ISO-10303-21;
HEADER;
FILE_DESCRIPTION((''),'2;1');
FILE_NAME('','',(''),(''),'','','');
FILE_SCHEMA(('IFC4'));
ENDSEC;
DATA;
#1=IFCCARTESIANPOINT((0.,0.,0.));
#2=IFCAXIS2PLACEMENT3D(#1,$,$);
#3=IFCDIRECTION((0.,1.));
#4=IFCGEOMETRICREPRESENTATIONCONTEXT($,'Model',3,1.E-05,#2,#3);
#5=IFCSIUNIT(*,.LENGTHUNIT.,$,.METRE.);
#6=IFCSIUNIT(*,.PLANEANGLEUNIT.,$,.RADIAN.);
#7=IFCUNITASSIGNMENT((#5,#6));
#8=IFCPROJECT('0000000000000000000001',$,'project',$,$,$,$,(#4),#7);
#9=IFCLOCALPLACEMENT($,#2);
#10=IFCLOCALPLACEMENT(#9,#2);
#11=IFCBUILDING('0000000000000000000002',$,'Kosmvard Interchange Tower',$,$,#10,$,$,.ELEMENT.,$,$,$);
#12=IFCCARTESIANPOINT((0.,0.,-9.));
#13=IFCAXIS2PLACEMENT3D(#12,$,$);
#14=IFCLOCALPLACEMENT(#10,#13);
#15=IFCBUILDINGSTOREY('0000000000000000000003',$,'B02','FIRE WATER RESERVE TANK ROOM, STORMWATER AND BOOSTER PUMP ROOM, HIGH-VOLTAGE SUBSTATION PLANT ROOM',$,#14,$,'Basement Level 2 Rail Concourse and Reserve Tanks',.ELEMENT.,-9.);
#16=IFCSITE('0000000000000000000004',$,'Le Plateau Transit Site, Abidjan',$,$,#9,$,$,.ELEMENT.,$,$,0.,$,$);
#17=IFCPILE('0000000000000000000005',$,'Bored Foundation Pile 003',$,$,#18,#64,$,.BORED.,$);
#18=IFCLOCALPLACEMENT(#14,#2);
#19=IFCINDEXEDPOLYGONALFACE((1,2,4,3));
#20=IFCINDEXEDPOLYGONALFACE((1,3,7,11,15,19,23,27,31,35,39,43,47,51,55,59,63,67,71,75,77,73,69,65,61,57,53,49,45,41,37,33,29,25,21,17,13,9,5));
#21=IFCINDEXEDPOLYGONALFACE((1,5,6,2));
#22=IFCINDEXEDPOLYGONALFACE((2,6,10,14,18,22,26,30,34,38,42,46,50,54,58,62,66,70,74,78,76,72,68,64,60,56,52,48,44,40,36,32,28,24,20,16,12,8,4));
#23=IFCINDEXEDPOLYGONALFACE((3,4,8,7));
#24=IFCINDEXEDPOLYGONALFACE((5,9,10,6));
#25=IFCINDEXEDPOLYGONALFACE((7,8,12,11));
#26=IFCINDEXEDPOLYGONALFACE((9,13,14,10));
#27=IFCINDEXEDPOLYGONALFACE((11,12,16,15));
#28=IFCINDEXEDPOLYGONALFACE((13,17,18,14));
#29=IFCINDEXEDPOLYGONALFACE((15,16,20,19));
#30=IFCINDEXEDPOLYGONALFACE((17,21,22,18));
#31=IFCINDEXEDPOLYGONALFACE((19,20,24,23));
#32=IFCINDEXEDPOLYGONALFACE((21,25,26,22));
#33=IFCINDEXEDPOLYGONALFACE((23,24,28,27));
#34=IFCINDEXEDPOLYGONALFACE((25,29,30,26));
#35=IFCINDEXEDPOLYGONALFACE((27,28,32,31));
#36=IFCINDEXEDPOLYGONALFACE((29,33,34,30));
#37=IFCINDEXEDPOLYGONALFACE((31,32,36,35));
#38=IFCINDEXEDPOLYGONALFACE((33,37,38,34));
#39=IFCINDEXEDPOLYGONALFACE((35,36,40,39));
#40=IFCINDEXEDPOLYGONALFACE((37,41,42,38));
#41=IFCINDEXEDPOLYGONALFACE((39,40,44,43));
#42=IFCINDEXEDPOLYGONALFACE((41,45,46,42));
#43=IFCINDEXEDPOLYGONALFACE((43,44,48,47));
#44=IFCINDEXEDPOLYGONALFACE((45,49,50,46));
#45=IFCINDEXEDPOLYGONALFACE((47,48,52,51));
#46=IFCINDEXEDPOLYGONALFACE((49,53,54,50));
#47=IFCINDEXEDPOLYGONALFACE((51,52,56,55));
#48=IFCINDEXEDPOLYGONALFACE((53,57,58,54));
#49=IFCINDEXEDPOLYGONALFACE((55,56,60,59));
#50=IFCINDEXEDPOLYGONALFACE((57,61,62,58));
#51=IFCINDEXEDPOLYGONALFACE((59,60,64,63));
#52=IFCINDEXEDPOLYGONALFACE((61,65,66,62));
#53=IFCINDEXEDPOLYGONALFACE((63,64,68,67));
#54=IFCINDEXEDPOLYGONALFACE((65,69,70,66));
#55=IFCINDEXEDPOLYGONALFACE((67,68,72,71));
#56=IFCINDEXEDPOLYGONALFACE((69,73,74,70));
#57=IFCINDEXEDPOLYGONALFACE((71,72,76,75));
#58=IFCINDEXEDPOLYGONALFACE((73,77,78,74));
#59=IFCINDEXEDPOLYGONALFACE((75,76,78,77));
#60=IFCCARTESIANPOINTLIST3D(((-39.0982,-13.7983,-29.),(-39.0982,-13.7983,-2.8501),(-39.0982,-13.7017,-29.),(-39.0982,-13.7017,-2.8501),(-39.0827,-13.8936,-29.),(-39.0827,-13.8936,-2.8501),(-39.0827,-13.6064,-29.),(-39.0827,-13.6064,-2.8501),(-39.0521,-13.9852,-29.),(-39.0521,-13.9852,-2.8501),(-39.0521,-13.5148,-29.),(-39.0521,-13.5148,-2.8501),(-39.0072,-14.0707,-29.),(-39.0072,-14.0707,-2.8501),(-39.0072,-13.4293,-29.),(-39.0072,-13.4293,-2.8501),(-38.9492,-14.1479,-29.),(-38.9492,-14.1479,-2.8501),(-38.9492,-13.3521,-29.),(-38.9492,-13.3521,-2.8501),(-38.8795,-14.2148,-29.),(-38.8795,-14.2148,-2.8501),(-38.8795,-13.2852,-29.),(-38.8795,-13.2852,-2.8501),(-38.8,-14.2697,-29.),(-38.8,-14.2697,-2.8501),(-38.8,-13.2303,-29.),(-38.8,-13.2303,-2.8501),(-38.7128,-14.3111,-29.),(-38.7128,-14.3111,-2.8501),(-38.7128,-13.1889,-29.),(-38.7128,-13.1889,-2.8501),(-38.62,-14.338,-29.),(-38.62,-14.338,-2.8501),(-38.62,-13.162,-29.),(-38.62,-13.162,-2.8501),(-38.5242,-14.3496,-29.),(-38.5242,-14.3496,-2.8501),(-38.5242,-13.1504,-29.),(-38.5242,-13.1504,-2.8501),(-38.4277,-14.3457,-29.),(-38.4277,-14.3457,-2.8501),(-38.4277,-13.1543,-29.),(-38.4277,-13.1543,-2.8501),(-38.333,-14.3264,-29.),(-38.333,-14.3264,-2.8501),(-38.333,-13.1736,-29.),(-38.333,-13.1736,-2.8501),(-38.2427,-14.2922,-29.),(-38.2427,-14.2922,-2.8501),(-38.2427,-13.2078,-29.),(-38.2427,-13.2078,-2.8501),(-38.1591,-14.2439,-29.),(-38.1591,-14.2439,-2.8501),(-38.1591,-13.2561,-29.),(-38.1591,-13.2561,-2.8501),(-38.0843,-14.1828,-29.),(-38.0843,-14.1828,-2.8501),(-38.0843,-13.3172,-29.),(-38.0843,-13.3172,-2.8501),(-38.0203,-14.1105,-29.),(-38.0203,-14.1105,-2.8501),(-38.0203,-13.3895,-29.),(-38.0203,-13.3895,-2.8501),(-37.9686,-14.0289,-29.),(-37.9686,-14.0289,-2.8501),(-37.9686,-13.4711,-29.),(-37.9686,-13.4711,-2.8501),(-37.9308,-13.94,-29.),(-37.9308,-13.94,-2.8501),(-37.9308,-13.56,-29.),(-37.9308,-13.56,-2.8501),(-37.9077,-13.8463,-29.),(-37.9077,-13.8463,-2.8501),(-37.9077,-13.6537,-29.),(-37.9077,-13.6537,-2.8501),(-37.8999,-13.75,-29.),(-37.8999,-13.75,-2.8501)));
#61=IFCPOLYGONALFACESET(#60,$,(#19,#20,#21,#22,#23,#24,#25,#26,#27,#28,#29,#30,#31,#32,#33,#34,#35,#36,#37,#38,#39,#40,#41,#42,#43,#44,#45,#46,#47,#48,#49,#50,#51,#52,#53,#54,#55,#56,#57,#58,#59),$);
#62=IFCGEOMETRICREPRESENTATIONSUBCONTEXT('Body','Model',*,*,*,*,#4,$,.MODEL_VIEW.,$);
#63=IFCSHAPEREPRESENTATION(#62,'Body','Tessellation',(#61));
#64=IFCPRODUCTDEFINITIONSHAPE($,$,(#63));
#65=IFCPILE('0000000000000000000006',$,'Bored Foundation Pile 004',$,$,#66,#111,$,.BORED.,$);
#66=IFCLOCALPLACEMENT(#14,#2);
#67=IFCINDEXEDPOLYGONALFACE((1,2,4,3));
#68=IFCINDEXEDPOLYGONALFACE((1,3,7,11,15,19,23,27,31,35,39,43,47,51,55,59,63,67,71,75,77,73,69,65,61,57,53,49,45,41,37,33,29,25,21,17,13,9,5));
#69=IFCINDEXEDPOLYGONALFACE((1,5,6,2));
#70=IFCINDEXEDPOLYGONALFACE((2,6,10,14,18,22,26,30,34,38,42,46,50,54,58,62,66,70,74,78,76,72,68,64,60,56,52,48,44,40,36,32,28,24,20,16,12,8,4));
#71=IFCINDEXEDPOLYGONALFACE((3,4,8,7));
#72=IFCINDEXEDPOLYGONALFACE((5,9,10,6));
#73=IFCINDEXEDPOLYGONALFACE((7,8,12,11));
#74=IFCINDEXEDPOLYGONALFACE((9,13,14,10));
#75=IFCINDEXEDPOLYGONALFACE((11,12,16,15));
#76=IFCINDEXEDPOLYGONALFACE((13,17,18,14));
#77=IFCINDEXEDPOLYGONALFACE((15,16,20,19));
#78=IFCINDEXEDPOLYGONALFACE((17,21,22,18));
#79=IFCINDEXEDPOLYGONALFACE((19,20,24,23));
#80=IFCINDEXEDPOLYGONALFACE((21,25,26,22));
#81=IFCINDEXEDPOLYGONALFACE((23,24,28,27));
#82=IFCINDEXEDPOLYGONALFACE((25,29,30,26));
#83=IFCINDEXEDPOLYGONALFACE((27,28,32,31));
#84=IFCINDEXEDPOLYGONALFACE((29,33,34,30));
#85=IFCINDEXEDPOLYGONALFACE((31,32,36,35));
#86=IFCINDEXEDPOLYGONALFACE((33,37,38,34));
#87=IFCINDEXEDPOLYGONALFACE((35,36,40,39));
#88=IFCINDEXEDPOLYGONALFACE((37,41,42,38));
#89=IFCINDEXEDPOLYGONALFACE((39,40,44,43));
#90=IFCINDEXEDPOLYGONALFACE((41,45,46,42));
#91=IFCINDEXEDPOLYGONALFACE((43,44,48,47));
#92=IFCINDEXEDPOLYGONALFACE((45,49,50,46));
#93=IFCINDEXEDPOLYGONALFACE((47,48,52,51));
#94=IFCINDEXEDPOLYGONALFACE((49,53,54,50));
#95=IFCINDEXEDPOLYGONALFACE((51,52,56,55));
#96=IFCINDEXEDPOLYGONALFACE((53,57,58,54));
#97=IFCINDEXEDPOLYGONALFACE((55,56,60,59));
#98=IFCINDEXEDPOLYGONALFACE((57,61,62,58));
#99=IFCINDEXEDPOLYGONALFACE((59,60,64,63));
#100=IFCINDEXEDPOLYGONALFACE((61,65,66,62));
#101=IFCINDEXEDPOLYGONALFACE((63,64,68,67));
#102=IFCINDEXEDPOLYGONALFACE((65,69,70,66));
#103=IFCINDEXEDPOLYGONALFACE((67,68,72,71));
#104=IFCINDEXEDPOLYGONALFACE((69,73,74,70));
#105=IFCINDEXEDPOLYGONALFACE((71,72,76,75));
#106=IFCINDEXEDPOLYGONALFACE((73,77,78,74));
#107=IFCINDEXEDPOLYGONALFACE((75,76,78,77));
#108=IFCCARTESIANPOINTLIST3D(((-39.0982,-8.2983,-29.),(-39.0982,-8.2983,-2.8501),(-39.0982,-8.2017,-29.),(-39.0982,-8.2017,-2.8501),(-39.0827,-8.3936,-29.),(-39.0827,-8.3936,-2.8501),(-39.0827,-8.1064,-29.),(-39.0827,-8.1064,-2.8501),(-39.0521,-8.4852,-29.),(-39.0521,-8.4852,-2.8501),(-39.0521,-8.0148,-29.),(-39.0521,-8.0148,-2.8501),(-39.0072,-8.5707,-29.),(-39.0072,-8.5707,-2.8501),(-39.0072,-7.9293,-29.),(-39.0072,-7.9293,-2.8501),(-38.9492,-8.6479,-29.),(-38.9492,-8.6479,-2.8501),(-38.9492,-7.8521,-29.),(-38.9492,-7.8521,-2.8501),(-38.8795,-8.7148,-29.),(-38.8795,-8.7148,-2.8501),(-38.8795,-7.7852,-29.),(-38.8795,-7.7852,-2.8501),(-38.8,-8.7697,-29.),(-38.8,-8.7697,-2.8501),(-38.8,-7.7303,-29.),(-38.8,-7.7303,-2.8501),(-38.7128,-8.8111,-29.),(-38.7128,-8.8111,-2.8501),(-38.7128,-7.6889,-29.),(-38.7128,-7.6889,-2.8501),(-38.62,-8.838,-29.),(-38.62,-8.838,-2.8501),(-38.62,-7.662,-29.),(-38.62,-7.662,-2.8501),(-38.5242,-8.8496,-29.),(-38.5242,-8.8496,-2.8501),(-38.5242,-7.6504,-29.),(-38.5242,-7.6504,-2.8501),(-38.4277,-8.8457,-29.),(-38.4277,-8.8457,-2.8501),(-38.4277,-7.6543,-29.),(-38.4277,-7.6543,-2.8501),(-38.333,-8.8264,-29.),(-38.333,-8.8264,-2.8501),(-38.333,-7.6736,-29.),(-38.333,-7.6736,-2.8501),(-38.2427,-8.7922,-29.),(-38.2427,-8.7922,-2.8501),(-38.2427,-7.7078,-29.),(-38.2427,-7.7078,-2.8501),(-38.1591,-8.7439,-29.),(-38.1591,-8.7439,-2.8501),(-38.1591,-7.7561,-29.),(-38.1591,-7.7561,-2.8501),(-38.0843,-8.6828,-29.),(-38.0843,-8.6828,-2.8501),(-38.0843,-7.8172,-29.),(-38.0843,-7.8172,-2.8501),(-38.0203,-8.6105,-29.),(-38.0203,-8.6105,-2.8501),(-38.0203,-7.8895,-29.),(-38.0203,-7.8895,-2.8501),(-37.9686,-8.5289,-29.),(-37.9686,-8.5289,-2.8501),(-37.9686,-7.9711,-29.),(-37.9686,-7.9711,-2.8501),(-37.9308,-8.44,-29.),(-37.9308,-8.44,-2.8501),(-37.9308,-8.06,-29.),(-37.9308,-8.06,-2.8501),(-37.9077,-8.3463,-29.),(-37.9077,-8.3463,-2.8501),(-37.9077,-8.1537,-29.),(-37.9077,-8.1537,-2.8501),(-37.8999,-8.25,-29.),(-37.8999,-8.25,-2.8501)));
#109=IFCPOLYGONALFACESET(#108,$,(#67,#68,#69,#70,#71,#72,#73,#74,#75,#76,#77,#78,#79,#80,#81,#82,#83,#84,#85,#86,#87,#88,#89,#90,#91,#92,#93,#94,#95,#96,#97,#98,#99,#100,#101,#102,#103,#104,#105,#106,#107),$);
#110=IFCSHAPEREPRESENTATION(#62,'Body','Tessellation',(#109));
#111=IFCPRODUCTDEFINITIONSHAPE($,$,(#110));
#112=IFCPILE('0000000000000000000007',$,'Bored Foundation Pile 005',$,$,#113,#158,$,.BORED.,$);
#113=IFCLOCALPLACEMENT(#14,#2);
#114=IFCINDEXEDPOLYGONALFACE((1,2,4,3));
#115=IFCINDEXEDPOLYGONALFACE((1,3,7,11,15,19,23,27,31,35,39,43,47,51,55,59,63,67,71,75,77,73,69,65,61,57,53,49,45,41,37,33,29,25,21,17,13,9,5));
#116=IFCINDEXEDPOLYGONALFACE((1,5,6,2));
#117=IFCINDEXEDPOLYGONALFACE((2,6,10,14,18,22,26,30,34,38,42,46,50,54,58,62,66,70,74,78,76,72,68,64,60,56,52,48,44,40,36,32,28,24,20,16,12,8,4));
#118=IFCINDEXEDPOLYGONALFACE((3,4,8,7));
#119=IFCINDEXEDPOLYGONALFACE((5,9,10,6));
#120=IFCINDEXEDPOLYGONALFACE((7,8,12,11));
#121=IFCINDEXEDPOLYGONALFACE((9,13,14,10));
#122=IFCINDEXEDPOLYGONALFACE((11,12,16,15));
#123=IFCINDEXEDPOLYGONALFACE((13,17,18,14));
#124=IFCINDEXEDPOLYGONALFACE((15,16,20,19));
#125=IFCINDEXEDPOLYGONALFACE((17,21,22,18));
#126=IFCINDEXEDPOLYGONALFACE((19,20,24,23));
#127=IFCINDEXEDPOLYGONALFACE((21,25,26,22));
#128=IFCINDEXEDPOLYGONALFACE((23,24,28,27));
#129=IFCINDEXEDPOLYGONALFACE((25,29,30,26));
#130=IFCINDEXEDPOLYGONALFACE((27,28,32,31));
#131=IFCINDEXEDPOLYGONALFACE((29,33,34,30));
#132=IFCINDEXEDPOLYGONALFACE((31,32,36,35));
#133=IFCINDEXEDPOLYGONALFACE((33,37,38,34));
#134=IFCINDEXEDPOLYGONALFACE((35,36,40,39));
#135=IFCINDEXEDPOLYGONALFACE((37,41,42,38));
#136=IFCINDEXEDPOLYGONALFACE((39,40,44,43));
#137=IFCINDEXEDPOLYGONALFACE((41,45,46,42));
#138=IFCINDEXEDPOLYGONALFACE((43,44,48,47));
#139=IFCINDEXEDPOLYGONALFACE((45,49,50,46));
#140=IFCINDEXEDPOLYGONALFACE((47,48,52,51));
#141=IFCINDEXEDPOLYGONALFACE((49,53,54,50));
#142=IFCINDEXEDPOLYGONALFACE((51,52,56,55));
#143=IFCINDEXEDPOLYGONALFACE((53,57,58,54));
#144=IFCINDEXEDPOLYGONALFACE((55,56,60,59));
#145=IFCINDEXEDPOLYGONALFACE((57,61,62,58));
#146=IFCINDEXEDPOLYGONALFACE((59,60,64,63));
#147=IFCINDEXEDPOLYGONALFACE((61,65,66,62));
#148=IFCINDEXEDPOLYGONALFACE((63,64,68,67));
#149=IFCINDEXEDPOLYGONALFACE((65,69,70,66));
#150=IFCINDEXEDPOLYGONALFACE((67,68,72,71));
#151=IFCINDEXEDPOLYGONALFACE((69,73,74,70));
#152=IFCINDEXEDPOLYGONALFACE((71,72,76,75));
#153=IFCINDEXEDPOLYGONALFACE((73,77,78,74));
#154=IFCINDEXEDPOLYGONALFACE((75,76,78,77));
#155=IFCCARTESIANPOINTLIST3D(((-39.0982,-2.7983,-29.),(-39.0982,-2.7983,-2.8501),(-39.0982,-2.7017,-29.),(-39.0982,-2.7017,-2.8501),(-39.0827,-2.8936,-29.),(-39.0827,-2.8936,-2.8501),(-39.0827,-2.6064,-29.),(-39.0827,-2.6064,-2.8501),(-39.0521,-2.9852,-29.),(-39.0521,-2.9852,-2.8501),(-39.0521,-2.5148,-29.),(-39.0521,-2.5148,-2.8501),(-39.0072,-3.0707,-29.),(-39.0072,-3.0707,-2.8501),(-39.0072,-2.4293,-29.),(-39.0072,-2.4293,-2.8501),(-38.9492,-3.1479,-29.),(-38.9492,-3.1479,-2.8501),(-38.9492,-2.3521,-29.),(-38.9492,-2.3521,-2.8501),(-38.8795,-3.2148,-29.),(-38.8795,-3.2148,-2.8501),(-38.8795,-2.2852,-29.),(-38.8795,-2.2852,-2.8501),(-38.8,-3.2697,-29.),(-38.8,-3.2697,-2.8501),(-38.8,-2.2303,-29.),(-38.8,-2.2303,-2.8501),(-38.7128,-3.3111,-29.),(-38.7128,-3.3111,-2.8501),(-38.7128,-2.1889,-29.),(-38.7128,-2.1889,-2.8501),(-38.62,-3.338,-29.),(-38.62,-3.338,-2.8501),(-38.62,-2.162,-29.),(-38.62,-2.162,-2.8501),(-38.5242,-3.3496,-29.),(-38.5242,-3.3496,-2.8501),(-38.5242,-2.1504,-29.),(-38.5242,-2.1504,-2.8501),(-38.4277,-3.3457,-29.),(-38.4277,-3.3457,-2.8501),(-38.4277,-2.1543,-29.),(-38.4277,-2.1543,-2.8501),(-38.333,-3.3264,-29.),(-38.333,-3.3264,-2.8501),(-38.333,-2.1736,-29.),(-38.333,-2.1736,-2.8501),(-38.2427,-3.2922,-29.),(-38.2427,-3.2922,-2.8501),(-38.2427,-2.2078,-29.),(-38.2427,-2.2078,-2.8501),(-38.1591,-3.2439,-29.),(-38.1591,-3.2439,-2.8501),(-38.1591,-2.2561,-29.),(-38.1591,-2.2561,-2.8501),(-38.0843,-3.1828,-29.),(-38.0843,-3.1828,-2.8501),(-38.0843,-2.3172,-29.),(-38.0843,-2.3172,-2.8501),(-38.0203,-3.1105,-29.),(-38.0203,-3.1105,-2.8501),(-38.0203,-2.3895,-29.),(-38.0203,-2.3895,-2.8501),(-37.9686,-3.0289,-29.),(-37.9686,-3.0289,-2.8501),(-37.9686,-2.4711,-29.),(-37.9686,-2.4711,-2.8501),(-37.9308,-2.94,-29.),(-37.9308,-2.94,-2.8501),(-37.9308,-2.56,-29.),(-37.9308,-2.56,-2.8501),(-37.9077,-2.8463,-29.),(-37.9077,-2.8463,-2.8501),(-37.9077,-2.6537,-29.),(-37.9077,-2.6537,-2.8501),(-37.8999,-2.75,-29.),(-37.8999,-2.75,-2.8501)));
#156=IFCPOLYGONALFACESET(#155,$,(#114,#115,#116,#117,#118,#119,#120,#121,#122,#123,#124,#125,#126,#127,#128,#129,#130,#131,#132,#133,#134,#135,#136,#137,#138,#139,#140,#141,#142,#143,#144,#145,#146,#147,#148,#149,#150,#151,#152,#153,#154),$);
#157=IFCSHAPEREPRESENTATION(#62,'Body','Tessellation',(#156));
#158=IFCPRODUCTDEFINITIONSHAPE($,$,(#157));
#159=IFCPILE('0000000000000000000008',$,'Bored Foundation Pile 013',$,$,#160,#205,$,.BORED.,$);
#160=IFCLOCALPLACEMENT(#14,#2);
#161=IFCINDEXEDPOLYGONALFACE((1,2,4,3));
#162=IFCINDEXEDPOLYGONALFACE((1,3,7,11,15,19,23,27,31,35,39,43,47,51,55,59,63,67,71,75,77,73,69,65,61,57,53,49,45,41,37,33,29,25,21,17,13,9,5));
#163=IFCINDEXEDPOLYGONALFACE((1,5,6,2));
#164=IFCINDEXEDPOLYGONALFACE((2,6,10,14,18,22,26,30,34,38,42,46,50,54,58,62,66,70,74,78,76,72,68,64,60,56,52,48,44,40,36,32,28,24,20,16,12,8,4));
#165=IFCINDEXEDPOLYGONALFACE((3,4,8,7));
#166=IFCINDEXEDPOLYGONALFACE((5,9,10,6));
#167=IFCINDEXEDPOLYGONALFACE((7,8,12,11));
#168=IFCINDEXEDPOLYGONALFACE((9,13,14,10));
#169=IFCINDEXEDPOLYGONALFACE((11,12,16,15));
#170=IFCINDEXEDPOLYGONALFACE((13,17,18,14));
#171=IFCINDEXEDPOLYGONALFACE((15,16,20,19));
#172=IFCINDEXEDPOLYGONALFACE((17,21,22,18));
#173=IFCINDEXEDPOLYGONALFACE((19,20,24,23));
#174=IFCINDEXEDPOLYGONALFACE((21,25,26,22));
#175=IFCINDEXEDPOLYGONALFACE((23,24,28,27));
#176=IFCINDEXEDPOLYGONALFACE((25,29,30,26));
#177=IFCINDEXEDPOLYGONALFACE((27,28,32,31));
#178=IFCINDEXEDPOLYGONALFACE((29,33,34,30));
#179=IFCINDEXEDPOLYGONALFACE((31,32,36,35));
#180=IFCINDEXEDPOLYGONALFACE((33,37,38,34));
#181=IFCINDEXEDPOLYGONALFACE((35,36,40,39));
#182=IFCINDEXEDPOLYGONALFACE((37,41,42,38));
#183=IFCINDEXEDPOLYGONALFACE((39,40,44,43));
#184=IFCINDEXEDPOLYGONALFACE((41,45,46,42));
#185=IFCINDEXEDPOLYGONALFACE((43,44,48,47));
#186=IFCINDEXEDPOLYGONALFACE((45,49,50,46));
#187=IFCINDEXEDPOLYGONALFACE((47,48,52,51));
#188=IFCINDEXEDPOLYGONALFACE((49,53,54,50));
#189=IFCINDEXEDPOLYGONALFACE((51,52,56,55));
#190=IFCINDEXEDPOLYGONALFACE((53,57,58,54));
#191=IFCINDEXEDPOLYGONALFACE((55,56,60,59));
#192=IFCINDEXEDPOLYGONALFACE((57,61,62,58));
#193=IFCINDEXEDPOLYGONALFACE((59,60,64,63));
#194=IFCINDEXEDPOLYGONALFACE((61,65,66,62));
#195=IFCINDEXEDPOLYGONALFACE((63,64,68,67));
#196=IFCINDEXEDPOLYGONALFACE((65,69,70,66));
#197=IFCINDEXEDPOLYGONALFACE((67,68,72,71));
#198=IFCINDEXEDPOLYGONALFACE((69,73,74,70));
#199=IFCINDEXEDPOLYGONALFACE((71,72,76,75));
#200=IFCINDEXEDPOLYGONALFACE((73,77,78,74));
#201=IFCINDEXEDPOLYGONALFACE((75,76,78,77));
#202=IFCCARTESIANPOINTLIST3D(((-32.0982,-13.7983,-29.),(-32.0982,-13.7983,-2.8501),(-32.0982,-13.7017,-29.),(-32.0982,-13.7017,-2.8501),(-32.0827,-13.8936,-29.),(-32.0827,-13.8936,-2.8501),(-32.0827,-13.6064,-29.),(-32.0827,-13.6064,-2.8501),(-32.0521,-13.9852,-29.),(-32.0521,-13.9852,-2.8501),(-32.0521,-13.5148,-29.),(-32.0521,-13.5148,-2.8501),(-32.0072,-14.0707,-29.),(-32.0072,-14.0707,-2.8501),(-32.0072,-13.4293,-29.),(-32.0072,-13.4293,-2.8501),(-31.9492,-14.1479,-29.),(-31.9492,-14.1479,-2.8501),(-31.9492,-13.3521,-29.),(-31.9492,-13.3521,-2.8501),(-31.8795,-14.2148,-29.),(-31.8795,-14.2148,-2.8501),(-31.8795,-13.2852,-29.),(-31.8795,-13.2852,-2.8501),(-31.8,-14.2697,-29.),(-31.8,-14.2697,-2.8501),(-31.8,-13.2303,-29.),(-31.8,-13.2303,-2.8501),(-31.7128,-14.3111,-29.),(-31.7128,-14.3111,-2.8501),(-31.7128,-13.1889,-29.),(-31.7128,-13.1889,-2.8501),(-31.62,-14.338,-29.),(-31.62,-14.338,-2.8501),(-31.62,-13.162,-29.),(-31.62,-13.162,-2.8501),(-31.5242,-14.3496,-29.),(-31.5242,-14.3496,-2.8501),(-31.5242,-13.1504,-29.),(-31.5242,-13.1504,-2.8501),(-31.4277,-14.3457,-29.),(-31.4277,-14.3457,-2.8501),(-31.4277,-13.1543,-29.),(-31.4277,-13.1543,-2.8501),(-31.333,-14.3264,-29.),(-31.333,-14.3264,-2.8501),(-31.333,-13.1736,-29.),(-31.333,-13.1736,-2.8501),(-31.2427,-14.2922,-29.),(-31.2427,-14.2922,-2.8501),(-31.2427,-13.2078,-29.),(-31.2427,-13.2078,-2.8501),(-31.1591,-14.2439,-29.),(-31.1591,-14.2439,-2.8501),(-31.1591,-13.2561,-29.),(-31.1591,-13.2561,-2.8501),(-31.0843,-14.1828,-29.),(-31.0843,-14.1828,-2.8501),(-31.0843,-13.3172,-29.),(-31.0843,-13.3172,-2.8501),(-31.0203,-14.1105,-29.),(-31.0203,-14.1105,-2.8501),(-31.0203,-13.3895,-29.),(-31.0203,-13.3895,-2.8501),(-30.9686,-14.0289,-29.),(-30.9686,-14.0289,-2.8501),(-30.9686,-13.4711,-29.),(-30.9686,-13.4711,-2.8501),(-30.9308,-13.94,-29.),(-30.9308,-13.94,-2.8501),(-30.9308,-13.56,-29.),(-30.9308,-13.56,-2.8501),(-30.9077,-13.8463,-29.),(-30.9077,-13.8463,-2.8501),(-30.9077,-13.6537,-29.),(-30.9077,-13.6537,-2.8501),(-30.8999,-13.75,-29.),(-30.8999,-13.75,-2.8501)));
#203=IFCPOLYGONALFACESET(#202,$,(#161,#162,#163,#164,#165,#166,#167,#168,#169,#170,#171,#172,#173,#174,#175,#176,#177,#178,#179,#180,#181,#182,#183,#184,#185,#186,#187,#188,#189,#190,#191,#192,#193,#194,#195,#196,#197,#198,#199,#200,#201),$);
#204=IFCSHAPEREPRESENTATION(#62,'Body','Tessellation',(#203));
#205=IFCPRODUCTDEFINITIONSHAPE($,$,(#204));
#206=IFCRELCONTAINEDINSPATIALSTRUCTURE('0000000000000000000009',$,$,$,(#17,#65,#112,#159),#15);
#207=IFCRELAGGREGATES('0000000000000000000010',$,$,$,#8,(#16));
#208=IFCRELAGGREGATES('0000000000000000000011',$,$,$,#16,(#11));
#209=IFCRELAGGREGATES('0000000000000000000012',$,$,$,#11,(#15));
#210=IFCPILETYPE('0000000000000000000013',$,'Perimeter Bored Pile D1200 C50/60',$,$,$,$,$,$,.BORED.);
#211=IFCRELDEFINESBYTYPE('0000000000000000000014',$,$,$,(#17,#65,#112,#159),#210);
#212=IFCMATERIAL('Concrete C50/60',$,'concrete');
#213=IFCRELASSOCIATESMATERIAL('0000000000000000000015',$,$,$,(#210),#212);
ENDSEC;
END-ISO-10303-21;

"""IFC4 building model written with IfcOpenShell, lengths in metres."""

from ifc_helpers import new_model, si_unit, direction, frame, origin, origin_2d, place, context, subcontext, project, spatial, circle, extrude, source, transform, mapped, material, material_profile, profile_set, type_object, element, save


model = new_model("IFC4")

# Units and contexts
model_context = context("Model", 3, precision=1e-05, world=origin(), true_north=direction((0.0, 1.0)))
body_context = subcontext(model_context, "Body", "Model", "MODEL_VIEW")
ifc_project = project(units=[si_unit("LENGTHUNIT", "METRE"), si_unit("PLANEANGLEUNIT", "RADIAN")], contexts=[model_context])

# Site, building, storey
site_placement = place(None, origin())
site = spatial("IfcSite", under=ifc_project, at=site_placement, Name="Le Plateau Transit Site, Abidjan", CompositionType="ELEMENT", RefElevation=0.0)
building_placement = place(site_placement, origin())
building = spatial("IfcBuilding", under=site, at=building_placement, Name="Kosmvard Interchange Tower", CompositionType="ELEMENT")
storey_placement = place(building_placement, frame((0.0, 0.0, -9.0)))
storey = spatial("IfcBuildingStorey", under=building, at=storey_placement, Name="B02", Description="FIRE WATER RESERVE TANK ROOM, STORMWATER AND BOOSTER PUMP ROOM, HIGH-VOLTAGE SUBSTATION PLANT ROOM", LongName="Basement Level 2 Rail Concourse and Reserve Tanks", CompositionType="ELEMENT", Elevation=-9.0)

# Piles
ifc_material_1 = material(Name="Concrete C50/60", Category="concrete")
ifc_material_profile_1 = material_profile(ifc_material_1, circle(Radius=0.6001, at=origin_2d()), Name="PILE D1200")
ifc_profile_set_1 = profile_set([ifc_material_profile_1], Name="Concrete C50/60")
pile_type = type_object("IfcPileType", Name="Perimeter Bored Pile D1200 C50/60", PredefinedType="BORED", material=ifc_profile_set_1)
shared_shape_1 = source(origin(), body_context, "Body", "SweptSolid", [
    extrude(circle(Radius=0.6001, at=origin_2d()), origin(), (0.0, 0.0, 1.0), 26.1499),
])
for number, where, z_axis, x_axis, name in (
    (1, (-38.5, -13.75, -2.8501), (0.0, 0.0, -1.0), (1.0, 0.0, 0.0), "Bored Foundation Pile 003"),
    (2, (-38.5, -8.25, -2.8501), (0.0, 0.0, -1.0), (1.0, 0.0, 0.0), "Bored Foundation Pile 004"),
    (3, (-38.5, -2.75, -2.8501), (0.0, 0.0, -1.0), (1.0, 0.0, 0.0), "Bored Foundation Pile 005"),
    (4, (-31.5, -13.75, -2.8501), (0.0, 0.0, -1.0), (1.0, 0.0, 0.0), "Bored Foundation Pile 013"),
):
    element("IfcPile", number, at=place(storey_placement, frame(where, z_axis=z_axis, x_axis=x_axis)), inside=storey, type_object=pile_type, Name=name, PredefinedType="BORED", context=body_context, shape_type="MappedRepresentation", body=[
        mapped(shared_shape_1, transform((0.0, 0.0, 0.0), scale=1.0)),
    ])

save(model, "model.ifc")
